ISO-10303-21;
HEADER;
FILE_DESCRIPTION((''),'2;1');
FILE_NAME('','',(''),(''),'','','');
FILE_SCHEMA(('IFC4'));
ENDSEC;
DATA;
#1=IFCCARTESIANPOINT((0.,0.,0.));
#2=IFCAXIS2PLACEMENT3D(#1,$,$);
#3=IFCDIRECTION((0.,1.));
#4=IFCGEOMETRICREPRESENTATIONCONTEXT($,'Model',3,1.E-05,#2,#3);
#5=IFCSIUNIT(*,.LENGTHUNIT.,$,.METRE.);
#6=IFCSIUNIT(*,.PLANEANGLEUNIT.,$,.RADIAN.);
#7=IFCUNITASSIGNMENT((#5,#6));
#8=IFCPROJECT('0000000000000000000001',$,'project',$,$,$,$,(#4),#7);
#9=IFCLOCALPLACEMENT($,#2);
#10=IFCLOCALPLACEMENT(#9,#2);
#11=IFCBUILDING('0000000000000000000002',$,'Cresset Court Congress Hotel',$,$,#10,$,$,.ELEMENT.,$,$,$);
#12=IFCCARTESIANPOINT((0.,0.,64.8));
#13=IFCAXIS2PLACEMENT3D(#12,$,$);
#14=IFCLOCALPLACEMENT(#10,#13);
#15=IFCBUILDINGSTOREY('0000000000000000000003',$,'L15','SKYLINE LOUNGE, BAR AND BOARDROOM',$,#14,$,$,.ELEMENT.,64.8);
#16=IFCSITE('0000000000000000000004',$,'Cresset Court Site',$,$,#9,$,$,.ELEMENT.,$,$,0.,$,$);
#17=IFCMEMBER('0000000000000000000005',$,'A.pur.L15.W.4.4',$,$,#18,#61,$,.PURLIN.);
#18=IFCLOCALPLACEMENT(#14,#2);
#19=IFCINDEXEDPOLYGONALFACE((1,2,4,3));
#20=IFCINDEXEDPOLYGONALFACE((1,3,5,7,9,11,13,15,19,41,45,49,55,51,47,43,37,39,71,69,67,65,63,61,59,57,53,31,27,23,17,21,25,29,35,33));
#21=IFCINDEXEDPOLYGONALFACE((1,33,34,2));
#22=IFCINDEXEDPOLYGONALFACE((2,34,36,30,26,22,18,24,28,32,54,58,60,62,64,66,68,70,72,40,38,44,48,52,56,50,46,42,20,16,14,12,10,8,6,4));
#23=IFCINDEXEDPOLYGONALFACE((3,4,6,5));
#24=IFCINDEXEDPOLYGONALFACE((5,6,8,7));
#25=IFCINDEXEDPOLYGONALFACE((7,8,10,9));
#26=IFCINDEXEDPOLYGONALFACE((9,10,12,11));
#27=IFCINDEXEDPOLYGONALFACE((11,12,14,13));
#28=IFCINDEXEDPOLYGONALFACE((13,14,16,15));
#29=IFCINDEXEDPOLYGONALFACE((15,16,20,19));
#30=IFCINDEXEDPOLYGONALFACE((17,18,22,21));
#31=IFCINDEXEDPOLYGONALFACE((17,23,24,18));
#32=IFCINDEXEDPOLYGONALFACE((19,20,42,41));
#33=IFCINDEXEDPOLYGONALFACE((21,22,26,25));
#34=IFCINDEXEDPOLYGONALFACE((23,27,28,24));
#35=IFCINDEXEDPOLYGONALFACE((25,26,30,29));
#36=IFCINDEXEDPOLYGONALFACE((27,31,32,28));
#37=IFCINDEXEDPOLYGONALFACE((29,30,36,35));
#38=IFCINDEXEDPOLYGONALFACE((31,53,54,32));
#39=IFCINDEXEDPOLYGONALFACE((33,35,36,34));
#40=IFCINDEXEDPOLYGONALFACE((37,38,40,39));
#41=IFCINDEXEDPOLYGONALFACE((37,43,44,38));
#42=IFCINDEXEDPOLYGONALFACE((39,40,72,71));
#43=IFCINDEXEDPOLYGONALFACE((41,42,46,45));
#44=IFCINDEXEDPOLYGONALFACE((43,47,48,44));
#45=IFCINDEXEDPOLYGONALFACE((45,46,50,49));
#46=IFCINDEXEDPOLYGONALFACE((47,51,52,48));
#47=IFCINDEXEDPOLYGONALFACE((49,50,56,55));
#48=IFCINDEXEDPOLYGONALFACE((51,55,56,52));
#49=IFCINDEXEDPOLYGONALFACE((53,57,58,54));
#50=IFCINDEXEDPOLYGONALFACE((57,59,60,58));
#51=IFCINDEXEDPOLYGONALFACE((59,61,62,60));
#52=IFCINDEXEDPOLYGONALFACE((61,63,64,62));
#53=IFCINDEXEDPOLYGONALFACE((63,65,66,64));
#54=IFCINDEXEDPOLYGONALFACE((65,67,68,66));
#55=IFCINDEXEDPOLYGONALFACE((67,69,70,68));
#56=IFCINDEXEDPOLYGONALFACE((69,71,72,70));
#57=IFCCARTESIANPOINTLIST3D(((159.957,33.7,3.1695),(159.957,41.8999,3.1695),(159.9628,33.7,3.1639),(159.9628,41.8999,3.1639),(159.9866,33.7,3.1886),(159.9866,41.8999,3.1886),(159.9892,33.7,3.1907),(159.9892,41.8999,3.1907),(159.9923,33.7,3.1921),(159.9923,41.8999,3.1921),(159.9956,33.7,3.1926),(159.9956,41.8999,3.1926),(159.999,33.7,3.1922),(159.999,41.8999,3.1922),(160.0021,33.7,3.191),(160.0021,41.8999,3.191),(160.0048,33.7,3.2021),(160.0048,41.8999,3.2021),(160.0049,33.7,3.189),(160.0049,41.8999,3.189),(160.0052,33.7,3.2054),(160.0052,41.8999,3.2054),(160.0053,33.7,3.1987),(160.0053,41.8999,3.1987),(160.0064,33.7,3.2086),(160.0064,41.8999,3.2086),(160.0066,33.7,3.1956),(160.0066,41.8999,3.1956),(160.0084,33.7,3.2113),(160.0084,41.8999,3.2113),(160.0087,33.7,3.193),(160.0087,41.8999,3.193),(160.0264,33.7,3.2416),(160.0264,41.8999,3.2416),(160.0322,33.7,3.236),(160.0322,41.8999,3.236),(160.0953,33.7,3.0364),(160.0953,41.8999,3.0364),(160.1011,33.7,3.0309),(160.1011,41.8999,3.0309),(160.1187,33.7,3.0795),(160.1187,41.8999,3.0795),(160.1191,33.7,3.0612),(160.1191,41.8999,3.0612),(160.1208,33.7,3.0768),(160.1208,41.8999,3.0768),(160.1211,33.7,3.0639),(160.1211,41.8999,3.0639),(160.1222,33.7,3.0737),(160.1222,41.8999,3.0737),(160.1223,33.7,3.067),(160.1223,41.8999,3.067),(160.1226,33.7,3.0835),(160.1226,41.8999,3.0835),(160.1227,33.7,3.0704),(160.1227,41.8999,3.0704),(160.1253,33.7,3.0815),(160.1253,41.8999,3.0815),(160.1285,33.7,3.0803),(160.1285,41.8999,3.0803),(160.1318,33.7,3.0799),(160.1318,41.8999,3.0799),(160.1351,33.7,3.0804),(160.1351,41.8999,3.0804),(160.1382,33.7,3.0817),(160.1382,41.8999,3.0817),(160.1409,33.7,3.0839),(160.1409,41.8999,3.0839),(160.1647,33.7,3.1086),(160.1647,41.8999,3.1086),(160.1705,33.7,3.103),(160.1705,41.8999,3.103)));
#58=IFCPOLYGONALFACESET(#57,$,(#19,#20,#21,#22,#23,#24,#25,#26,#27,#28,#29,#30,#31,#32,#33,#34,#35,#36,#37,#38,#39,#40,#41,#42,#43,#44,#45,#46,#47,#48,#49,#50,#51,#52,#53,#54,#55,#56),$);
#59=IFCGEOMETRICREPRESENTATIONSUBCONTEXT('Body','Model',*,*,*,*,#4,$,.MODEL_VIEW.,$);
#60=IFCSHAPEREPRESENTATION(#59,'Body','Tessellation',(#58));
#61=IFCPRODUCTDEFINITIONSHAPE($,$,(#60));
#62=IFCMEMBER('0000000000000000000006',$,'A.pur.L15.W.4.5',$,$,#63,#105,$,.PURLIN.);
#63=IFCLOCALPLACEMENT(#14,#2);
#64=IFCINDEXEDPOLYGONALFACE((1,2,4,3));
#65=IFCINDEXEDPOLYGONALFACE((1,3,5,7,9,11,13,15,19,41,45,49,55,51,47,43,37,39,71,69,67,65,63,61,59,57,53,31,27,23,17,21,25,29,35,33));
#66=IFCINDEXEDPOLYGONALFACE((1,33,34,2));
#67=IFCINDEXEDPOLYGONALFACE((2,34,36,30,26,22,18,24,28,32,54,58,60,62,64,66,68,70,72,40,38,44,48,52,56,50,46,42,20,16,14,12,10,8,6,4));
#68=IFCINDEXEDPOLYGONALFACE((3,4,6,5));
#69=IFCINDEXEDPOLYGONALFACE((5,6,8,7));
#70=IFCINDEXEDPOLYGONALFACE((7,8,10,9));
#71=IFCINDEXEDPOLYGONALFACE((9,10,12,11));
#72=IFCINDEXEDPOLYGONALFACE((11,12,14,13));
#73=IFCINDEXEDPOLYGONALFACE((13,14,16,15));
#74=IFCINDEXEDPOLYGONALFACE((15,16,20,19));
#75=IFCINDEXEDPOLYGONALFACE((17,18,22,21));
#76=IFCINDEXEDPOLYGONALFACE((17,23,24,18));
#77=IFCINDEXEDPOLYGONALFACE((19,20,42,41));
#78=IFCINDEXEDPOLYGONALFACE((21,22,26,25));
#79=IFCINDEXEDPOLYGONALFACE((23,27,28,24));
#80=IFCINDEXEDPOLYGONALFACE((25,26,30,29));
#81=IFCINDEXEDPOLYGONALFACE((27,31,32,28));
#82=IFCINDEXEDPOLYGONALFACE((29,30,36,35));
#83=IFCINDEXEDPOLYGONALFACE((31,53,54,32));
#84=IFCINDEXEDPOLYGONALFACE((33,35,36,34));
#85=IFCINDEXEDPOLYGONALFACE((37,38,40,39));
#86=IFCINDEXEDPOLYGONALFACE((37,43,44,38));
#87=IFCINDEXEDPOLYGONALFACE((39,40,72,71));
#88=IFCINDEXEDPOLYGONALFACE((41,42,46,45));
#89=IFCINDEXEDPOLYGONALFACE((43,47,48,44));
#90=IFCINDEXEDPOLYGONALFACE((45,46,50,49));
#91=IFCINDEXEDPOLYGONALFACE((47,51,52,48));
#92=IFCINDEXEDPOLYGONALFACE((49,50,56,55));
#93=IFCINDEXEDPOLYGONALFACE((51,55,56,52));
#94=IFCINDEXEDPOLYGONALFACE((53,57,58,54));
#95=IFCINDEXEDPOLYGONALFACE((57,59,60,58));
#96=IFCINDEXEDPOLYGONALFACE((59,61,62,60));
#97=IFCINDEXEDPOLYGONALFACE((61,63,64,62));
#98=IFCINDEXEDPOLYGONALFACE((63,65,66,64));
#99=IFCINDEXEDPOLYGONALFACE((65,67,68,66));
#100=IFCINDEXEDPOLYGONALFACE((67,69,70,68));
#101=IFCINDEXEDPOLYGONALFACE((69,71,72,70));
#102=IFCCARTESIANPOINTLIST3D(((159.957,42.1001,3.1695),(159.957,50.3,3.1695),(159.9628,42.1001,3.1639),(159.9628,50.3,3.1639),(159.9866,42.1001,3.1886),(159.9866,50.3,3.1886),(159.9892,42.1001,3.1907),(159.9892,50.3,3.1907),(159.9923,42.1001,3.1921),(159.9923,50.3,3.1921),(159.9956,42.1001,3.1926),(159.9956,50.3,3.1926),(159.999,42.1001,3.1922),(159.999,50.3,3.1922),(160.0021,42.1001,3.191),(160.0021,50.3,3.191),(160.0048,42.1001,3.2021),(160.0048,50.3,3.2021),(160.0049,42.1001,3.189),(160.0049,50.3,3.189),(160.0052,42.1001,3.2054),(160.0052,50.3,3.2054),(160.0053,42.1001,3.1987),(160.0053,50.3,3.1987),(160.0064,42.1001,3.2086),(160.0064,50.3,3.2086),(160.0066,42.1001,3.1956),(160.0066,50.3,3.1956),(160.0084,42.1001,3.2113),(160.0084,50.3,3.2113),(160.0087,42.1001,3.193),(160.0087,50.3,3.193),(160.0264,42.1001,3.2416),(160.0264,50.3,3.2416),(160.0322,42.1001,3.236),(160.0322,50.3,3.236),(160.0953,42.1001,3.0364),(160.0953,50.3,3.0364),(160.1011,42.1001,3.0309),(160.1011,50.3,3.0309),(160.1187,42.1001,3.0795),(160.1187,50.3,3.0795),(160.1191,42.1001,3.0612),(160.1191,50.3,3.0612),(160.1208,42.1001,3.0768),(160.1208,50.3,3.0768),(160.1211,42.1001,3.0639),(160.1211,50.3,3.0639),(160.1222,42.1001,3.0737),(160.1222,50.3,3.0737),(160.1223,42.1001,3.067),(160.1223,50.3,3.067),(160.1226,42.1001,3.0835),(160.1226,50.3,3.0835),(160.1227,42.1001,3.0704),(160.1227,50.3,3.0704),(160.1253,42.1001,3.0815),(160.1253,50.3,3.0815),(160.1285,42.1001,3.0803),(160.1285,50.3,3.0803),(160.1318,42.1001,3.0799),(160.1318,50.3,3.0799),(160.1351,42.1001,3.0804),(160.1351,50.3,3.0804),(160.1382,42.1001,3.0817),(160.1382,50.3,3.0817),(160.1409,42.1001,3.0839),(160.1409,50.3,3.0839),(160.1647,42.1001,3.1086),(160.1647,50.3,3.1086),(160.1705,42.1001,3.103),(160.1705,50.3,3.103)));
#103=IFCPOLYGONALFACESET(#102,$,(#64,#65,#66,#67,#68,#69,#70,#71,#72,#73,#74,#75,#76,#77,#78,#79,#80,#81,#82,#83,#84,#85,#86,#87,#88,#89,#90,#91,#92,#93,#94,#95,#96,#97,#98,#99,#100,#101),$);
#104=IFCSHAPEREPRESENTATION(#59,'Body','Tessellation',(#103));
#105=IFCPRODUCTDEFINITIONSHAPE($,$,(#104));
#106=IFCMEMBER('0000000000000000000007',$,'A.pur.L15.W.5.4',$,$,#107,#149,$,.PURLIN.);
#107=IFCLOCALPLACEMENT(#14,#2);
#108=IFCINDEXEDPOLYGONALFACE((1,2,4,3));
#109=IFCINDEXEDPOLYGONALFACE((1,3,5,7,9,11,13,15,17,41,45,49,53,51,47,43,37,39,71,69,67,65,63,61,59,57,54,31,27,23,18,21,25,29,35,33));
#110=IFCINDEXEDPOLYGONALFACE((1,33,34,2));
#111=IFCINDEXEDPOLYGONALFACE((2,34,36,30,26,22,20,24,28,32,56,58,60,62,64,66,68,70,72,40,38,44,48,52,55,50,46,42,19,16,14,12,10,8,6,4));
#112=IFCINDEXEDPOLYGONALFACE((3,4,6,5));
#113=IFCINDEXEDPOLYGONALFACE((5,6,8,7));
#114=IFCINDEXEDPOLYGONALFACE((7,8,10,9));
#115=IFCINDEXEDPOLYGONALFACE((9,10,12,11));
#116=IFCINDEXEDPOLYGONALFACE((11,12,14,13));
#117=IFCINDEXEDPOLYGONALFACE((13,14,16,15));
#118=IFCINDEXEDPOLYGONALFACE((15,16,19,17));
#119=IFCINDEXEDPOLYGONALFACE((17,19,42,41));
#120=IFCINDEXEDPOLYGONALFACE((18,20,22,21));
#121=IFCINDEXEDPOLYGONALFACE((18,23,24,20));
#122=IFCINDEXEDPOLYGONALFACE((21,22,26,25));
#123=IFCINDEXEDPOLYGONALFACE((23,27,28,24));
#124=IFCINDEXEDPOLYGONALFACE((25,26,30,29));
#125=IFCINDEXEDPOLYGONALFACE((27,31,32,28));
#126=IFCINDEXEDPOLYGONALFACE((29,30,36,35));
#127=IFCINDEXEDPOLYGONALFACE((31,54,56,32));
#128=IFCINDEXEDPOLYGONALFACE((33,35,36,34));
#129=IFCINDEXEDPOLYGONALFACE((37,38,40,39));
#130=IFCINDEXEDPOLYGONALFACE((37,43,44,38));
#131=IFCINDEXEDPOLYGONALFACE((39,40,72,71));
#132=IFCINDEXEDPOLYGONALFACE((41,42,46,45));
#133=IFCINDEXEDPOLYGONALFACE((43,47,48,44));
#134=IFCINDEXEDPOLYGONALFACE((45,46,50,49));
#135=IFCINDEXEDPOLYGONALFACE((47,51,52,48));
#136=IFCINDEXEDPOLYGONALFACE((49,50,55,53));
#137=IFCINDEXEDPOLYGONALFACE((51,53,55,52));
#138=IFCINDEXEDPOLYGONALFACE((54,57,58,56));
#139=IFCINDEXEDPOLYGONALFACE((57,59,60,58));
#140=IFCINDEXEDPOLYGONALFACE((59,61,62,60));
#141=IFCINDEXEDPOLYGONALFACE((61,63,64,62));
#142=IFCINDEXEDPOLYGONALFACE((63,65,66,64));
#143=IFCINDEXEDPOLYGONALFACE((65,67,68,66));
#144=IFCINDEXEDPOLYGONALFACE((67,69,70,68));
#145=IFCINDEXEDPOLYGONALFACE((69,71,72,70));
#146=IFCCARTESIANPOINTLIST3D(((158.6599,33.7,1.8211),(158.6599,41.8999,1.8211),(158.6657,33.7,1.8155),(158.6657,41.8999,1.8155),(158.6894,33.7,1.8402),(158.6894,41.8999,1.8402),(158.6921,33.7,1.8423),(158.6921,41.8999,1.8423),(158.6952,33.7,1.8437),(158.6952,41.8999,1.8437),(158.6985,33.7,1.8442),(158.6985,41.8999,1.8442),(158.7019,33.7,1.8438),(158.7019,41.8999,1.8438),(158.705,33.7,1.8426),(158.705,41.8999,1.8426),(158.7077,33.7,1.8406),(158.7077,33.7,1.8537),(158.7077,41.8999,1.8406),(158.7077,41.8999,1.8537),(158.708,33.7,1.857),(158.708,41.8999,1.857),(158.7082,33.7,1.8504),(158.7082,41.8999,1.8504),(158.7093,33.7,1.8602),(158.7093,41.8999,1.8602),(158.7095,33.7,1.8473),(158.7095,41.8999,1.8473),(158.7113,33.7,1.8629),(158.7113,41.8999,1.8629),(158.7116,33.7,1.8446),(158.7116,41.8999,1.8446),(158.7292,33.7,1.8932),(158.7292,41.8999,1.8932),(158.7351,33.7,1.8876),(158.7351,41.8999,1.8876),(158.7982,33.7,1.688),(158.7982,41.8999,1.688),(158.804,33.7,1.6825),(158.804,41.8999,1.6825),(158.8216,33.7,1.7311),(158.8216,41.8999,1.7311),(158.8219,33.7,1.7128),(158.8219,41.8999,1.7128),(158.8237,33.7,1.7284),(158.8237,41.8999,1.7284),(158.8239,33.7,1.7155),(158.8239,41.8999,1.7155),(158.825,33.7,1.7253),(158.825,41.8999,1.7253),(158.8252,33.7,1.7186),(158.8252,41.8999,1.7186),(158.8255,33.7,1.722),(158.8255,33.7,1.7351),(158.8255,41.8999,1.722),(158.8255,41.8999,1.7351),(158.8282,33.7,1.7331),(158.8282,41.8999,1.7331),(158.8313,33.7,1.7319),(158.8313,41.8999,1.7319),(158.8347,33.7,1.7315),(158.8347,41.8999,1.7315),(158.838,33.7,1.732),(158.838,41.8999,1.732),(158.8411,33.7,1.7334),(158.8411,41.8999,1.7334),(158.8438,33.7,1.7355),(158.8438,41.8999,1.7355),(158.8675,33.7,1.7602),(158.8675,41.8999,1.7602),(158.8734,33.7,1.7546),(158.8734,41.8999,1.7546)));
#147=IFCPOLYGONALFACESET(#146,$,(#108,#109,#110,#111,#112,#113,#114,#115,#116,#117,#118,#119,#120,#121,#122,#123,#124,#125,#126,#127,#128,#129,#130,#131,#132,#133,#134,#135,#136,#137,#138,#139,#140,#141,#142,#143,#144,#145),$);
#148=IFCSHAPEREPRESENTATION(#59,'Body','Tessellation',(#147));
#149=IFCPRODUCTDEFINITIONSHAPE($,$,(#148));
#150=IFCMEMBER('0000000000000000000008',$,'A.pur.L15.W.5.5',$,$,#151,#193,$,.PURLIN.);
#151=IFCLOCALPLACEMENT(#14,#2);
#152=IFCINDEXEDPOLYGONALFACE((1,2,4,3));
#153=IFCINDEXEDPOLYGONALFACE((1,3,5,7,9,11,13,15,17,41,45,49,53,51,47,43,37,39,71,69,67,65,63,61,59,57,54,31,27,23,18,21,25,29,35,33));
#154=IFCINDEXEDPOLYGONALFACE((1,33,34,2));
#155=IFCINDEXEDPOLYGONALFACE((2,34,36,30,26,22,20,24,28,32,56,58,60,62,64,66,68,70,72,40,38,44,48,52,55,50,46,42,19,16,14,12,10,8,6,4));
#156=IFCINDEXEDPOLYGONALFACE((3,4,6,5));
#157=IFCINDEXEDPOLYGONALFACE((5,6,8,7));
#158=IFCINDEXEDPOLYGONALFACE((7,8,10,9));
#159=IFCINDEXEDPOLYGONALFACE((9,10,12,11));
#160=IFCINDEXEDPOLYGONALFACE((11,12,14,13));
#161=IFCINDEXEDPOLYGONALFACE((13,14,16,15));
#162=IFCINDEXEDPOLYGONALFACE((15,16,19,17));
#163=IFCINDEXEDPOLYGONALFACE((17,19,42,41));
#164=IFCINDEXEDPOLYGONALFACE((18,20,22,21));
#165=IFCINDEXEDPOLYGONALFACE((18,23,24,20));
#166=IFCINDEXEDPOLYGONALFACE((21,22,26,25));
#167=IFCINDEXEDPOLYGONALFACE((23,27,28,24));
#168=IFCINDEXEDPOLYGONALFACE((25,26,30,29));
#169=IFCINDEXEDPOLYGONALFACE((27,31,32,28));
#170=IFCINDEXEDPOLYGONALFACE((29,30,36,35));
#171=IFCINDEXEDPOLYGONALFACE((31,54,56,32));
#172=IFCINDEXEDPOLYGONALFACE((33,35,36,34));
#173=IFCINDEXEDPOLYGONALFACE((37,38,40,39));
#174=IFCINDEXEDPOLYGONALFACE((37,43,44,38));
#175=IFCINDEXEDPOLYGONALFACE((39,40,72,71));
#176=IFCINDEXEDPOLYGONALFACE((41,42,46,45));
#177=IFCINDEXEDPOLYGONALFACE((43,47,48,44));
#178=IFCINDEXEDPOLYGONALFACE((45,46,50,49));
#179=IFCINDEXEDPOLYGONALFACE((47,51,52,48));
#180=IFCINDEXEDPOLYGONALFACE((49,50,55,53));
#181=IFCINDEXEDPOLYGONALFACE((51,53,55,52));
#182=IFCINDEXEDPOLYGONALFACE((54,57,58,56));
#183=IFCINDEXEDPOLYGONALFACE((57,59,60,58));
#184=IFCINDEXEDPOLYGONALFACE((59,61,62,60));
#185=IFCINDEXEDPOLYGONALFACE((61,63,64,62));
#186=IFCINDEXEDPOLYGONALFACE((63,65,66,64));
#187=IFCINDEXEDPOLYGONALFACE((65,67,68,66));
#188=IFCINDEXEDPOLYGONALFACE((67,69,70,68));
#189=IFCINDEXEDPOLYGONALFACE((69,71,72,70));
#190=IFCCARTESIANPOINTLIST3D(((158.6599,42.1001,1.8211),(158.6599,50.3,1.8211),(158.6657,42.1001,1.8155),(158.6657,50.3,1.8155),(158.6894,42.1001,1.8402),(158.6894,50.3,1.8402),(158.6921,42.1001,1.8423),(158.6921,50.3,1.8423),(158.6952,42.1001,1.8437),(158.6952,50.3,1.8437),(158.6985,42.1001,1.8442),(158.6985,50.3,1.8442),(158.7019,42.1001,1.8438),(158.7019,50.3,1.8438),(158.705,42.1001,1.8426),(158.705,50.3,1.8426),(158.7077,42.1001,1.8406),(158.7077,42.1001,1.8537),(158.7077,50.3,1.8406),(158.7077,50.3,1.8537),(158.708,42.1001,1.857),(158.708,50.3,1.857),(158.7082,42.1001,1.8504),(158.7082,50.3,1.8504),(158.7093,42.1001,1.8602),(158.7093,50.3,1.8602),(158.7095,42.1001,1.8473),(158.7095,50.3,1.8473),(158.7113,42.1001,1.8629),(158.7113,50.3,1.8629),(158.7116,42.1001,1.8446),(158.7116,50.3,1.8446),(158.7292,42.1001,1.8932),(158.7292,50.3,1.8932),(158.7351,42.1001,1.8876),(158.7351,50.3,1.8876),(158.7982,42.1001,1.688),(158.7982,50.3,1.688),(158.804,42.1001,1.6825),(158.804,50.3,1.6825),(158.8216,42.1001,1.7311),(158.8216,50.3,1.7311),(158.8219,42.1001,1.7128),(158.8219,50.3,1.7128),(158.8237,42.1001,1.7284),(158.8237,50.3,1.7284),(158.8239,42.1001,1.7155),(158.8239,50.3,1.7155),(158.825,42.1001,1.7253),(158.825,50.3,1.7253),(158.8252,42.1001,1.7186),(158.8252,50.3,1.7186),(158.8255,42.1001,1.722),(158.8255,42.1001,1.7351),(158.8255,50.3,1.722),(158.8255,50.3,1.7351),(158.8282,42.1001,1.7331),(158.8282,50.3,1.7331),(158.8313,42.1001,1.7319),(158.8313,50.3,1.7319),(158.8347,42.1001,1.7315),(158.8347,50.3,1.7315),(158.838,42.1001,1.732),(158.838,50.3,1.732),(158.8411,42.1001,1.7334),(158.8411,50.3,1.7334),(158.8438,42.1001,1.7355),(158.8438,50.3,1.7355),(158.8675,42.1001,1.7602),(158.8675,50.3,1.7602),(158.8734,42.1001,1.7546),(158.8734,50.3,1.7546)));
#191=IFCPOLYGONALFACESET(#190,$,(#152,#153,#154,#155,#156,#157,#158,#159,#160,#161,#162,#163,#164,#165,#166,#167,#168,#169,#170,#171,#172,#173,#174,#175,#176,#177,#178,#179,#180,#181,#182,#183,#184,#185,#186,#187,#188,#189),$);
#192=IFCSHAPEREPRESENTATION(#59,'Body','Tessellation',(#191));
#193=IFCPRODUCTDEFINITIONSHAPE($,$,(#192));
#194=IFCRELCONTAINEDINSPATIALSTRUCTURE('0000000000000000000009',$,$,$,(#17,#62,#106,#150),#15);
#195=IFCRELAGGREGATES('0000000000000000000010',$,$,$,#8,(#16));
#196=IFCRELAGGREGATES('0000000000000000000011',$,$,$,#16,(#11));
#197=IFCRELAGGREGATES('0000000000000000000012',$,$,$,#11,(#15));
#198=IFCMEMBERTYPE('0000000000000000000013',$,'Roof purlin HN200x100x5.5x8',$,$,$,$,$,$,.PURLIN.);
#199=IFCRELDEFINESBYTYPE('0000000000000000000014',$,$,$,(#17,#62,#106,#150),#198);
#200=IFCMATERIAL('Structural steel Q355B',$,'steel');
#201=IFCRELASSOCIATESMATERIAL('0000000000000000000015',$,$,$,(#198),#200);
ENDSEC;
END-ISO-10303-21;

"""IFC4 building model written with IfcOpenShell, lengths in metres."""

from ifc_helpers import new_model, si_unit, direction, frame, origin, origin_2d, place, context, subcontext, project, spatial, i_section, extrude, material, material_profile, profile_set, type_object, element, save


model = new_model("IFC4")

# Units and contexts
model_context = context("Model", 3, precision=1e-05, world=origin(), true_north=direction((0.0, 1.0)))
body_context = subcontext(model_context, "Body", "Model", "MODEL_VIEW")
ifc_project = project(units=[si_unit("LENGTHUNIT", "METRE"), si_unit("PLANEANGLEUNIT", "RADIAN")], contexts=[model_context])

# Site, building, storey
site_placement = place(None, origin())
site = spatial("IfcSite", under=ifc_project, at=site_placement, Name="Cresset Court Site", CompositionType="ELEMENT", RefElevation=0.0)
building_placement = place(site_placement, origin())
building = spatial("IfcBuilding", under=site, at=building_placement, Name="Cresset Court Congress Hotel", CompositionType="ELEMENT")
storey_placement = place(building_placement, frame((0.0, 0.0, 64.8)))
storey = spatial("IfcBuildingStorey", under=building, at=storey_placement, Name="L15", Description="SKYLINE LOUNGE, BAR AND BOARDROOM", CompositionType="ELEMENT", Elevation=64.8)

# Members
ifc_material_1 = material(Name="Structural steel Q355B", Category="steel")
ifc_material_profile_1 = material_profile(ifc_material_1, i_section(OverallWidth=0.1001, OverallDepth=0.2, WebThickness=0.0056, FlangeThickness=0.0081, FilletRadius=0.0129, at=origin_2d()), Name="HN200x100x5.5x8")
ifc_profile_set_1 = profile_set([ifc_material_profile_1], Name="Structural steel Q355B")
member_type_1 = type_object("IfcMemberType", Name="Roof purlin HN200x100x5.5x8", PredefinedType="PURLIN", material=ifc_profile_set_1)
for number, where, z_axis, x_axis, name in (
    (1, (160.0637, 33.7, 3.1362), (0.0, 1.0, 0.0), (-0.693246, 0.0, -0.720701), "A.pur.L15.W.4.4"),
    (2, (160.0637, 42.1001, 3.1362), (0.0, 1.0, 0.0), (-0.693246, 0.0, -0.720701), "A.pur.L15.W.4.5"),
    (3, (158.7666, 33.7, 1.7878), (0.0, 1.0, 0.0), (-0.693246, 0.0, -0.720701), "A.pur.L15.W.5.4"),
    (4, (158.7666, 42.1001, 1.7878), (0.0, 1.0, 0.0), (-0.693246, 0.0, -0.720701), "A.pur.L15.W.5.5"),
):
    element("IfcMember", number, at=place(storey_placement, frame(where, z_axis=z_axis, x_axis=x_axis)), inside=storey, type_object=member_type_1, Name=name, PredefinedType="PURLIN", context=body_context, shape_type="SweptSolid", body=[
        extrude(i_section(OverallWidth=0.1001, OverallDepth=0.2, WebThickness=0.0056, FlangeThickness=0.0081, FilletRadius=0.0129, at=origin_2d()), origin(), (0.0, 0.0, 1.0), 8.2),
    ])

save(model, "model.ifc")
